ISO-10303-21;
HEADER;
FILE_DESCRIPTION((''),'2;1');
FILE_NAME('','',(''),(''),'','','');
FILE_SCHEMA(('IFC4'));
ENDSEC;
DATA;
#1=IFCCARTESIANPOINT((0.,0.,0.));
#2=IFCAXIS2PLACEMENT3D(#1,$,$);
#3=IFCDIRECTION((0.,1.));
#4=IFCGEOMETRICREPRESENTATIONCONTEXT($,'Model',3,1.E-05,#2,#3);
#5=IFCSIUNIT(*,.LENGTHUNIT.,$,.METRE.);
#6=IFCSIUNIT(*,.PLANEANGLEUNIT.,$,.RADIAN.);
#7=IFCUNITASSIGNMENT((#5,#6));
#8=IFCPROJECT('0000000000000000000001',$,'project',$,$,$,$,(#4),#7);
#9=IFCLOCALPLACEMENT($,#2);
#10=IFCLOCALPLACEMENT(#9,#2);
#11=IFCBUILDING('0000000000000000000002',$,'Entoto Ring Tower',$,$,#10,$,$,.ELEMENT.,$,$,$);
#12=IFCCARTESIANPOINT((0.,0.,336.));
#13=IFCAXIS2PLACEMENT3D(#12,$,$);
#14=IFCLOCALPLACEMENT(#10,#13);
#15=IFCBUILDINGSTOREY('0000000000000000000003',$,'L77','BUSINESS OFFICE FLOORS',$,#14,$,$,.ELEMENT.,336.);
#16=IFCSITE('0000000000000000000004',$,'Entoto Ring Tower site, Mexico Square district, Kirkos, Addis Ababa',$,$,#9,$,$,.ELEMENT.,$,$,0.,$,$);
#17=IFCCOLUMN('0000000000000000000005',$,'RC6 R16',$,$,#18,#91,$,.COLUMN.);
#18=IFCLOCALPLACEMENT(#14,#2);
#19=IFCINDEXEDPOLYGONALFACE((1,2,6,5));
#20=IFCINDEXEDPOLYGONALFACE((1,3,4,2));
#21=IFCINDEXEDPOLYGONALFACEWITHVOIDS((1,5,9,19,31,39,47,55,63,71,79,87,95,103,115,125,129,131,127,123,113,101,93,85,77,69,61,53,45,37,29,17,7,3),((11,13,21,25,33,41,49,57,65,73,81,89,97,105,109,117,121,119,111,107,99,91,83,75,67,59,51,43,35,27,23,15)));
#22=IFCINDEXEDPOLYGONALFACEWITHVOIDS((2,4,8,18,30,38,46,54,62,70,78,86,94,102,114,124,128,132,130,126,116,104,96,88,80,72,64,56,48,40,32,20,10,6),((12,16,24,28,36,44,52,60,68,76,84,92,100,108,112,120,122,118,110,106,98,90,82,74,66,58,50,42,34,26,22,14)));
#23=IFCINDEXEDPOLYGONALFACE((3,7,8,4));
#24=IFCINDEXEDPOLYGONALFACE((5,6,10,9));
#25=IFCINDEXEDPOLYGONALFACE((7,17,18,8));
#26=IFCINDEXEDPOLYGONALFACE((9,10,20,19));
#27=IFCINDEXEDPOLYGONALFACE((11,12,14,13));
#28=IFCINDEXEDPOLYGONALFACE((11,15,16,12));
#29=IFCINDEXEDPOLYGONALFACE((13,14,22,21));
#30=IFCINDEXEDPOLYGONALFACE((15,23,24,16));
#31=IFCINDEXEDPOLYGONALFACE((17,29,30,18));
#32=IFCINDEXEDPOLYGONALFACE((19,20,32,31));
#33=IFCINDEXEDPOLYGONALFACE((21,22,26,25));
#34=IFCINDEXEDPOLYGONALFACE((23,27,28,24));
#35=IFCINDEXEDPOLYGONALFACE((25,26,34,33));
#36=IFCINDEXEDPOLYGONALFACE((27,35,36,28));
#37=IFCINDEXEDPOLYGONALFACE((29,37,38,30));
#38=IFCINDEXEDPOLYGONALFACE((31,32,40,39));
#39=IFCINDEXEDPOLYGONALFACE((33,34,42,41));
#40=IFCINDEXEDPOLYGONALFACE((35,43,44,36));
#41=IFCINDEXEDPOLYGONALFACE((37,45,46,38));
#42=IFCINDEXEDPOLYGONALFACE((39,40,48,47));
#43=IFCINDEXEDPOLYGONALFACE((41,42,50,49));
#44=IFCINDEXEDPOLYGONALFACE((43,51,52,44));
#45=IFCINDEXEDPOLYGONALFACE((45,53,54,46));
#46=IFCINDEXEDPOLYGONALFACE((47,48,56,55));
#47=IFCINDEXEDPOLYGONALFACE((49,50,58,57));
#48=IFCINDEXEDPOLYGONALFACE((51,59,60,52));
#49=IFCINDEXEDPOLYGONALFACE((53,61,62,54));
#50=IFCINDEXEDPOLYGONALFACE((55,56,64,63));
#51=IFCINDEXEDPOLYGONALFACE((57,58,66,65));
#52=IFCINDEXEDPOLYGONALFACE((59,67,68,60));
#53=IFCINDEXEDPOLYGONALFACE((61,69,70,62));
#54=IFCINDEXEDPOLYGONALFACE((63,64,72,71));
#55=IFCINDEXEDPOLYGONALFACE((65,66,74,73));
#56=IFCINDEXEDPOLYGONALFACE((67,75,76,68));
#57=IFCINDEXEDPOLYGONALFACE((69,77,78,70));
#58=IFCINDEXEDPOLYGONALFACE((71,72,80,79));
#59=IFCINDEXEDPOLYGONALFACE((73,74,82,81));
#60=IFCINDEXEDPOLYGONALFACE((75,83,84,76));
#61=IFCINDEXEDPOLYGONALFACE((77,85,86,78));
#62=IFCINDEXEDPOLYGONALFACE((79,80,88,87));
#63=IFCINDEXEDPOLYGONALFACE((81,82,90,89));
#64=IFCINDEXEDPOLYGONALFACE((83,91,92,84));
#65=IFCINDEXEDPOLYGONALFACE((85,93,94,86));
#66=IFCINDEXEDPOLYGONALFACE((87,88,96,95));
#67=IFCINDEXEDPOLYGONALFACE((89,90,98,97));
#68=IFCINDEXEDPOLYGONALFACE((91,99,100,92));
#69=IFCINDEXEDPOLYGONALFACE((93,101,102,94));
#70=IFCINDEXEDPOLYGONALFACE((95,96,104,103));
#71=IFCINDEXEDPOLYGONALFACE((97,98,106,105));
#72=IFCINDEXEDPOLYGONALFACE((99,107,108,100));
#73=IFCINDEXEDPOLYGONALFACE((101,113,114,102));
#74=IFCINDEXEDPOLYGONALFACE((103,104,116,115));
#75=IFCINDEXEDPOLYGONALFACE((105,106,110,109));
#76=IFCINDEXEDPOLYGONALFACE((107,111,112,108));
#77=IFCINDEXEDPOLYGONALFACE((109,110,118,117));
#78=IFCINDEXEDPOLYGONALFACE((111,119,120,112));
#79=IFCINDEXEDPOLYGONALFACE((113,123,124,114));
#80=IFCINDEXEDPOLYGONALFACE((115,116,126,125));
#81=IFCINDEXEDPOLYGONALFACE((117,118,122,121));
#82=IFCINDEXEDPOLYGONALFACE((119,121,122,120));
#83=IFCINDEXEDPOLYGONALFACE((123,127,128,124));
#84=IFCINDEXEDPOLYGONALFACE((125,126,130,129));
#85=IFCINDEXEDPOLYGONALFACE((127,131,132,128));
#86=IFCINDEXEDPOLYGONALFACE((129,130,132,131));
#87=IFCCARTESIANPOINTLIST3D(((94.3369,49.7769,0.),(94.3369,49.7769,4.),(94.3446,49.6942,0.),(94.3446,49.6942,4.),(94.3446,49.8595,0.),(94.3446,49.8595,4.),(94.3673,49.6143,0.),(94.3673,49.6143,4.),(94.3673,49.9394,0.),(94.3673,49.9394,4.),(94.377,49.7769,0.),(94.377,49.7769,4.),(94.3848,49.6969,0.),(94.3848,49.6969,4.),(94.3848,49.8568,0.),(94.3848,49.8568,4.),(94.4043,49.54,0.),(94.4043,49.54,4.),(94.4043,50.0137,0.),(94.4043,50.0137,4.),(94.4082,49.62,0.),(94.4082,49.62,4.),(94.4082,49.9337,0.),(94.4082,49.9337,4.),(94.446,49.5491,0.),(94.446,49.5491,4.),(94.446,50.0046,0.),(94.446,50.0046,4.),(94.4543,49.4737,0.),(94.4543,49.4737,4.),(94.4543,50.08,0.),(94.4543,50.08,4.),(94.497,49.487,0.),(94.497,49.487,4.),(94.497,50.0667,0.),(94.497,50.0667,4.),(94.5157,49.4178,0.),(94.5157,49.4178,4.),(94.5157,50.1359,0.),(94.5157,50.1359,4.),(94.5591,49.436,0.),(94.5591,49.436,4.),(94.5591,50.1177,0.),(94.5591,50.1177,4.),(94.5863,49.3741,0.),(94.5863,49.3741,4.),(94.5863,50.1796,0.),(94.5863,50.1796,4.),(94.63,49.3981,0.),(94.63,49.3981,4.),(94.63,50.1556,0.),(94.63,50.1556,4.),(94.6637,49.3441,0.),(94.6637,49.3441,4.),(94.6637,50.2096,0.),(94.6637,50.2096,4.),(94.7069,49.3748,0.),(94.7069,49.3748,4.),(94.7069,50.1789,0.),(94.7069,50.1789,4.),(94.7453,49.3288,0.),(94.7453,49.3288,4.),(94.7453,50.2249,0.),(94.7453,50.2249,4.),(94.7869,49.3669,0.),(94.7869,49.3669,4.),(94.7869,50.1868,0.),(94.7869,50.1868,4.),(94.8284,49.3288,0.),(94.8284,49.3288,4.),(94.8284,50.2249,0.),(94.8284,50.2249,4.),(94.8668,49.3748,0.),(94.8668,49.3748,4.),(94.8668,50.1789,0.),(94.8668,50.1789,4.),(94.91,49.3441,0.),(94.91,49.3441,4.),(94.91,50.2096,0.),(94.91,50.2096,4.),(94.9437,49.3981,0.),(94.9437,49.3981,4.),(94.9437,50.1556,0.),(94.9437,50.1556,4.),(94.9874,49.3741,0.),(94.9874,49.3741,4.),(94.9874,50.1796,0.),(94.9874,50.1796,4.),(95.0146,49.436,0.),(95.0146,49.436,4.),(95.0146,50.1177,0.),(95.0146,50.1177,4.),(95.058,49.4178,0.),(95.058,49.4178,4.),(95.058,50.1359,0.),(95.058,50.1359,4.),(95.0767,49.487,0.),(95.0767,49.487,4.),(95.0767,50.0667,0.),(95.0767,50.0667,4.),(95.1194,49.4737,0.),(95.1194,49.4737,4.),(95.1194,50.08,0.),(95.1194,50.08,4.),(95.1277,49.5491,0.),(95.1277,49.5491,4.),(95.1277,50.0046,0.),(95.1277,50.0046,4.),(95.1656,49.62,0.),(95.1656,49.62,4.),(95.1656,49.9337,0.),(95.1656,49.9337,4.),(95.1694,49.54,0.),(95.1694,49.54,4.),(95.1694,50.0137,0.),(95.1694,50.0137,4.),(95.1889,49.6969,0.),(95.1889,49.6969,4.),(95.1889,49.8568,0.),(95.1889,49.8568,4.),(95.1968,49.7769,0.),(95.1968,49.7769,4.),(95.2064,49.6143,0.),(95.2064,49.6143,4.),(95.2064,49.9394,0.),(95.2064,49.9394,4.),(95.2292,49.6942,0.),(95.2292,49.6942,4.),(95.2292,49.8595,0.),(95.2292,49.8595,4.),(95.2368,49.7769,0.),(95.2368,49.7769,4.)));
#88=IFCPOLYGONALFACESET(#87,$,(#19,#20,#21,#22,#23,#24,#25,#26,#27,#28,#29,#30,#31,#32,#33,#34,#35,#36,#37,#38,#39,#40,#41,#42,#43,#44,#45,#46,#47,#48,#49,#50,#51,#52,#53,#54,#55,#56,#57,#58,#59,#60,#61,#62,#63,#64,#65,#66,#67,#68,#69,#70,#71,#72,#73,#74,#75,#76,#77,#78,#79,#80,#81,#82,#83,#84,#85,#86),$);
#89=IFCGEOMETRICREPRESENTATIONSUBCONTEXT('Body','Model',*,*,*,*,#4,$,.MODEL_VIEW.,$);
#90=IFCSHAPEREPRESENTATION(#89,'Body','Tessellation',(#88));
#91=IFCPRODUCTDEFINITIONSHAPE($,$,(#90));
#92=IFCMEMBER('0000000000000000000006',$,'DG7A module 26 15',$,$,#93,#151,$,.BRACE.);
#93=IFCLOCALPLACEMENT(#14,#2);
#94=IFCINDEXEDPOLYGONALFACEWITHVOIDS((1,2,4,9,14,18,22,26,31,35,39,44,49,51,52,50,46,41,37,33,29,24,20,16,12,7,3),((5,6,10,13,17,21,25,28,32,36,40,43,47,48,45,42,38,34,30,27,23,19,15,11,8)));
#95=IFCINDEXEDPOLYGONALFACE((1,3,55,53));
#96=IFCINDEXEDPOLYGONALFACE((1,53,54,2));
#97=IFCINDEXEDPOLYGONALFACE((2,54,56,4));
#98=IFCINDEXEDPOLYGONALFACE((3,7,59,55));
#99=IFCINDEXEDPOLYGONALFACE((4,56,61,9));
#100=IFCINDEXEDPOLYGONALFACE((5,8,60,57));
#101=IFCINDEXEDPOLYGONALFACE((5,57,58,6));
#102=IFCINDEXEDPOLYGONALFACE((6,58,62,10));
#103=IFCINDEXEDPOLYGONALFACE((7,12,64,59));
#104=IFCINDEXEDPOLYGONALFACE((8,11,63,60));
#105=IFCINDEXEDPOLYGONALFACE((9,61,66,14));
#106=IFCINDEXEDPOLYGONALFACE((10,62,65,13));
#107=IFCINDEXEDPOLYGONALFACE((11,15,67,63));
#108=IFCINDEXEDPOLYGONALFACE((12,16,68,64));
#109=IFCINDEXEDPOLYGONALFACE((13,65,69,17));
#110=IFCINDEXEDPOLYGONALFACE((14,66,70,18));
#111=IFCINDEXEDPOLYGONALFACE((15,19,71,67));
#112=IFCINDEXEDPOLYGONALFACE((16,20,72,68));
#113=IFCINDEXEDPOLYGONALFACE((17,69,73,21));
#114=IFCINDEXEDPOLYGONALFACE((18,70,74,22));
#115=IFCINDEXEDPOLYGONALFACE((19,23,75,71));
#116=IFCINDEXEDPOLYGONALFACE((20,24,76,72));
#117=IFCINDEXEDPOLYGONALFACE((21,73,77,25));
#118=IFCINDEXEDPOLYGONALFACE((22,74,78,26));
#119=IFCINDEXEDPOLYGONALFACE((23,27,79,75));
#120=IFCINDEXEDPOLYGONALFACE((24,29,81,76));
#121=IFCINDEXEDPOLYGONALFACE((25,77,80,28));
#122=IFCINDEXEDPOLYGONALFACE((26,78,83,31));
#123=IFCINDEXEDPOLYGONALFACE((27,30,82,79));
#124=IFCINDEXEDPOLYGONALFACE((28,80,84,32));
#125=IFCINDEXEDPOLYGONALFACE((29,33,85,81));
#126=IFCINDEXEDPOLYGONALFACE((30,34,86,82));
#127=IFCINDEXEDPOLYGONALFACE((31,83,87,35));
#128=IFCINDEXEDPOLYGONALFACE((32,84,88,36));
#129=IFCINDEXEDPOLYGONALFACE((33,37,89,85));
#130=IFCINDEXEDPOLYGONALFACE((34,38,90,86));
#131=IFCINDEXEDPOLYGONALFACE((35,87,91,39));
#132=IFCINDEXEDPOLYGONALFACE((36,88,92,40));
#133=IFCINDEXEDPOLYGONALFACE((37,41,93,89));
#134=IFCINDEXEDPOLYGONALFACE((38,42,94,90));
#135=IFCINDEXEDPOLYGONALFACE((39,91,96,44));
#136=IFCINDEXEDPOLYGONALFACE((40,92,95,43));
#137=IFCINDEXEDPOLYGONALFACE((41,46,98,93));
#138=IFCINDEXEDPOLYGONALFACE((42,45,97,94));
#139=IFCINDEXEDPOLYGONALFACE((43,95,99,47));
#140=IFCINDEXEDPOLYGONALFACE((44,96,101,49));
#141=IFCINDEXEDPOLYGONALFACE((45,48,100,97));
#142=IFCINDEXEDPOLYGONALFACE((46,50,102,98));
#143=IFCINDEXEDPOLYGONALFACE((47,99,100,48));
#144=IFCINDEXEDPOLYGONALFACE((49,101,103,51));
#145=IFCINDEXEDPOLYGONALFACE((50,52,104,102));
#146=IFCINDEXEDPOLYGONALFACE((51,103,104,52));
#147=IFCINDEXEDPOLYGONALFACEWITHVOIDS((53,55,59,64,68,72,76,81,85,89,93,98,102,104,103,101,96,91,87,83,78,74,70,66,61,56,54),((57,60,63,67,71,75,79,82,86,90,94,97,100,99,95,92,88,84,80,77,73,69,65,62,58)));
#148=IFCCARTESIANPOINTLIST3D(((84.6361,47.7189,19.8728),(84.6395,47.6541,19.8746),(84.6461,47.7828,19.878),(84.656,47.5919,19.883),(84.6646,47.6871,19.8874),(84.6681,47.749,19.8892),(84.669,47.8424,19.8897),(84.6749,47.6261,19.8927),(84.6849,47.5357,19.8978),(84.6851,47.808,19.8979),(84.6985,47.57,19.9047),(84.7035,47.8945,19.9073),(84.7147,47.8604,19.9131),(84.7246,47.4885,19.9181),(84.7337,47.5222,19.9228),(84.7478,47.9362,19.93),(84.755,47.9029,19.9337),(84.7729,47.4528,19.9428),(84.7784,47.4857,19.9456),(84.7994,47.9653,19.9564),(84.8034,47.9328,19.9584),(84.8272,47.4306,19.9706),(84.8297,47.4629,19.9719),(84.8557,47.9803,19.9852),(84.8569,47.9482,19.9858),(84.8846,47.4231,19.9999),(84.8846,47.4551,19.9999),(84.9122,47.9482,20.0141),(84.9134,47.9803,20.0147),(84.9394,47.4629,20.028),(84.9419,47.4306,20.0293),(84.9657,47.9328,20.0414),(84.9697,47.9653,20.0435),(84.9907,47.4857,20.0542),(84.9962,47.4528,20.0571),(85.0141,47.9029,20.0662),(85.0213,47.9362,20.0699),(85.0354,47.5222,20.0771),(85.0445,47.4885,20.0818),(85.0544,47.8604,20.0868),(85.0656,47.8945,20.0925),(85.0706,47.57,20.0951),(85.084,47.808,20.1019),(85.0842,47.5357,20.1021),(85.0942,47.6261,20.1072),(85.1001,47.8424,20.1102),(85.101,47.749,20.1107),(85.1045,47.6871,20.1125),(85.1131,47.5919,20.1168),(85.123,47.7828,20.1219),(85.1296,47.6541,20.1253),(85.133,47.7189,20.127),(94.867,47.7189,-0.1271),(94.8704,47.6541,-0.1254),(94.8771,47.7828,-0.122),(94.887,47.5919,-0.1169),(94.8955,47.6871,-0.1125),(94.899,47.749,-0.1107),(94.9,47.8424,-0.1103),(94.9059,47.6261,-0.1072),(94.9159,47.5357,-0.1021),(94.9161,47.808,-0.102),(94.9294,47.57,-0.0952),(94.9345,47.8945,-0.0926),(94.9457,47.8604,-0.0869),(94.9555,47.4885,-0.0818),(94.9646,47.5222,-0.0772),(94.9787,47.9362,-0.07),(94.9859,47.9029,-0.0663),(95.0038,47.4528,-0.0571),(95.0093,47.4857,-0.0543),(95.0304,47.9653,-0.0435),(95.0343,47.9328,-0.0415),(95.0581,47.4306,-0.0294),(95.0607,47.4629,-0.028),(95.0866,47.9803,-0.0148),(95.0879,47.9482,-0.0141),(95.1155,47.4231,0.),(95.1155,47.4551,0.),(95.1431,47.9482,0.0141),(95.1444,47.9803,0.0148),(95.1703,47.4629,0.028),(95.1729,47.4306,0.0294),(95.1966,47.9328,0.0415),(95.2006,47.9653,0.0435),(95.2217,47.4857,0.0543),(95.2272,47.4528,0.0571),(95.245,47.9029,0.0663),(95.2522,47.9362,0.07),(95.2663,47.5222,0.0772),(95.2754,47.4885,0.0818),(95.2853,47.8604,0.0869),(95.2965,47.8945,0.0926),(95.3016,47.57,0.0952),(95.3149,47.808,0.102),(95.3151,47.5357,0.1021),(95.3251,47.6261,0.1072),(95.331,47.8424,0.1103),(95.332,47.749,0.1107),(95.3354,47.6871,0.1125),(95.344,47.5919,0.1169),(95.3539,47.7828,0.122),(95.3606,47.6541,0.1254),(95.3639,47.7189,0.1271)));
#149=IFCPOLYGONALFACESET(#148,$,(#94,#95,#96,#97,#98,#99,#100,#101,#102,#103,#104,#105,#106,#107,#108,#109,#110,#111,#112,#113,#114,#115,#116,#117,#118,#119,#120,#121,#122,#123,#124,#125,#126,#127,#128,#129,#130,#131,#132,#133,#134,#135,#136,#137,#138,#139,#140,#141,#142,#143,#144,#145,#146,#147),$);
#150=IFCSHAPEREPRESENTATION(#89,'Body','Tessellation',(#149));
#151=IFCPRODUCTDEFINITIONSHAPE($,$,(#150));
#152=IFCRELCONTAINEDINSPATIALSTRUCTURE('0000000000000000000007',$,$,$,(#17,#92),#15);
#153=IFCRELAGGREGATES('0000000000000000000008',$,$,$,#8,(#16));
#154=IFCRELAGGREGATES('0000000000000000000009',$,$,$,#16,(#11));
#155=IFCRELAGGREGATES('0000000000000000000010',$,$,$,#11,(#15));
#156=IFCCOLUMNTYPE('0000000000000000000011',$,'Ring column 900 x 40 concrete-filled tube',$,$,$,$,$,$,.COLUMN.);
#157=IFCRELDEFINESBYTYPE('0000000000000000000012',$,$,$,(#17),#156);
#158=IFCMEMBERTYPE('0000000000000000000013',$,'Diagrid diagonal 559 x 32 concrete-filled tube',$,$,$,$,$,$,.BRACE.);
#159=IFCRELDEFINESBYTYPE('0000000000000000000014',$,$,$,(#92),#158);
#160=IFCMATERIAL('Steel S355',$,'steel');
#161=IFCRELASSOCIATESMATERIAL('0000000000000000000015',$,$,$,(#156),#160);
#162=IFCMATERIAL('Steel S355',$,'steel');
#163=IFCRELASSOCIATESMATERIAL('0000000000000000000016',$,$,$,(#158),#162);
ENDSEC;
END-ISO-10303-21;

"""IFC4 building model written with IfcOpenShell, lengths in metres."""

from ifc_helpers import new_model, si_unit, direction, frame, origin, origin_2d, place, context, subcontext, project, spatial, circle, hollow_circle, extrude, material, material_profile, profile_set, type_object, element, save


model = new_model("IFC4")

# Units and contexts
model_context = context("Model", 3, precision=1e-05, world=origin(), true_north=direction((0.0, 1.0)))
body_context = subcontext(model_context, "Body", "Model", "MODEL_VIEW")
ifc_project = project(units=[si_unit("LENGTHUNIT", "METRE"), si_unit("PLANEANGLEUNIT", "RADIAN")], contexts=[model_context])

# Site, building, storey
site_placement = place(None, origin())
site = spatial("IfcSite", under=ifc_project, at=site_placement, Name="Entoto Ring Tower site, Mexico Square district, Kirkos, Addis Ababa", CompositionType="ELEMENT", RefElevation=0.0)
building_placement = place(site_placement, origin())
building = spatial("IfcBuilding", under=site, at=building_placement, Name="Entoto Ring Tower", CompositionType="ELEMENT")
storey_placement = place(building_placement, frame((0.0, 0.0, 336.0)))
storey = spatial("IfcBuildingStorey", under=building, at=storey_placement, Name="L77", Description="BUSINESS OFFICE FLOORS", CompositionType="ELEMENT", Elevation=336.0)

# Column
ifc_material_1 = material(Name="Steel S355", Category="steel")
ifc_material_profile_1 = material_profile(ifc_material_1, hollow_circle(Radius=0.45, WallThickness=0.04, at=origin_2d()), Name="CHS 900 x 40")
ifc_material_2 = material(Name="Concrete C60/75", Category="concrete")
ifc_material_profile_2 = material_profile(ifc_material_2, circle(Radius=0.4099, at=origin_2d()), Name="Concrete C60/75 infill")
ifc_profile_set_1 = profile_set([ifc_material_profile_1, ifc_material_profile_2], Name="Steel S355")
column_type = type_object("IfcColumnType", Name="Ring column 900 x 40 concrete-filled tube", PredefinedType="COLUMN", material=ifc_profile_set_1)
column_placement = place(storey_placement, frame((94.7869, 49.7769, 0.0), z_axis=(0.0, 0.0, 1.0), x_axis=(1.0, 0.0, 0.0)))
element("IfcColumn", 1, at=column_placement, inside=storey, type_object=column_type, Name="RC6 R16", PredefinedType="COLUMN", context=body_context, shape_type="SweptSolid", body=[
    extrude(hollow_circle(Radius=0.45, WallThickness=0.04, at=origin_2d()), origin(), (0.0, 0.0, 1.0), 4.0),
])

# Member
ifc_material_3 = material(Name="Steel S355", Category="steel")
ifc_material_profile_3 = material_profile(ifc_material_3, hollow_circle(Radius=0.2795, WallThickness=0.032, at=origin_2d()), Name="CHS 559 x 32")
ifc_material_4 = material(Name="Concrete C60/75", Category="concrete")
ifc_material_profile_4 = material_profile(ifc_material_4, circle(Radius=0.2476, at=origin_2d()), Name="Concrete C60/75 infill")
ifc_profile_set_2 = profile_set([ifc_material_profile_3, ifc_material_profile_4], Name="Steel S355")
member_type_1 = type_object("IfcMemberType", Name="Diagrid diagonal 559 x 32 concrete-filled tube", PredefinedType="BRACE", material=ifc_profile_set_2)
for number, where, z_axis, x_axis, name in (
    (2, (95.1155, 47.7026, 0.0), (-0.455419, 0.0, 0.890277), (0.0, -1.0, 0.0), "DG7A module 26 15"),
):
    element("IfcMember", number, at=place(storey_placement, frame(where, z_axis=z_axis, x_axis=x_axis)), inside=storey, type_object=member_type_1, Name=name, PredefinedType="BRACE", context=body_context, shape_type="SweptSolid", body=[
        extrude(hollow_circle(Radius=0.2795, WallThickness=0.032, at=origin_2d()), origin(), (0.0, 0.0, 1.0), 22.4648),
    ])

save(model, "model.ifc")
